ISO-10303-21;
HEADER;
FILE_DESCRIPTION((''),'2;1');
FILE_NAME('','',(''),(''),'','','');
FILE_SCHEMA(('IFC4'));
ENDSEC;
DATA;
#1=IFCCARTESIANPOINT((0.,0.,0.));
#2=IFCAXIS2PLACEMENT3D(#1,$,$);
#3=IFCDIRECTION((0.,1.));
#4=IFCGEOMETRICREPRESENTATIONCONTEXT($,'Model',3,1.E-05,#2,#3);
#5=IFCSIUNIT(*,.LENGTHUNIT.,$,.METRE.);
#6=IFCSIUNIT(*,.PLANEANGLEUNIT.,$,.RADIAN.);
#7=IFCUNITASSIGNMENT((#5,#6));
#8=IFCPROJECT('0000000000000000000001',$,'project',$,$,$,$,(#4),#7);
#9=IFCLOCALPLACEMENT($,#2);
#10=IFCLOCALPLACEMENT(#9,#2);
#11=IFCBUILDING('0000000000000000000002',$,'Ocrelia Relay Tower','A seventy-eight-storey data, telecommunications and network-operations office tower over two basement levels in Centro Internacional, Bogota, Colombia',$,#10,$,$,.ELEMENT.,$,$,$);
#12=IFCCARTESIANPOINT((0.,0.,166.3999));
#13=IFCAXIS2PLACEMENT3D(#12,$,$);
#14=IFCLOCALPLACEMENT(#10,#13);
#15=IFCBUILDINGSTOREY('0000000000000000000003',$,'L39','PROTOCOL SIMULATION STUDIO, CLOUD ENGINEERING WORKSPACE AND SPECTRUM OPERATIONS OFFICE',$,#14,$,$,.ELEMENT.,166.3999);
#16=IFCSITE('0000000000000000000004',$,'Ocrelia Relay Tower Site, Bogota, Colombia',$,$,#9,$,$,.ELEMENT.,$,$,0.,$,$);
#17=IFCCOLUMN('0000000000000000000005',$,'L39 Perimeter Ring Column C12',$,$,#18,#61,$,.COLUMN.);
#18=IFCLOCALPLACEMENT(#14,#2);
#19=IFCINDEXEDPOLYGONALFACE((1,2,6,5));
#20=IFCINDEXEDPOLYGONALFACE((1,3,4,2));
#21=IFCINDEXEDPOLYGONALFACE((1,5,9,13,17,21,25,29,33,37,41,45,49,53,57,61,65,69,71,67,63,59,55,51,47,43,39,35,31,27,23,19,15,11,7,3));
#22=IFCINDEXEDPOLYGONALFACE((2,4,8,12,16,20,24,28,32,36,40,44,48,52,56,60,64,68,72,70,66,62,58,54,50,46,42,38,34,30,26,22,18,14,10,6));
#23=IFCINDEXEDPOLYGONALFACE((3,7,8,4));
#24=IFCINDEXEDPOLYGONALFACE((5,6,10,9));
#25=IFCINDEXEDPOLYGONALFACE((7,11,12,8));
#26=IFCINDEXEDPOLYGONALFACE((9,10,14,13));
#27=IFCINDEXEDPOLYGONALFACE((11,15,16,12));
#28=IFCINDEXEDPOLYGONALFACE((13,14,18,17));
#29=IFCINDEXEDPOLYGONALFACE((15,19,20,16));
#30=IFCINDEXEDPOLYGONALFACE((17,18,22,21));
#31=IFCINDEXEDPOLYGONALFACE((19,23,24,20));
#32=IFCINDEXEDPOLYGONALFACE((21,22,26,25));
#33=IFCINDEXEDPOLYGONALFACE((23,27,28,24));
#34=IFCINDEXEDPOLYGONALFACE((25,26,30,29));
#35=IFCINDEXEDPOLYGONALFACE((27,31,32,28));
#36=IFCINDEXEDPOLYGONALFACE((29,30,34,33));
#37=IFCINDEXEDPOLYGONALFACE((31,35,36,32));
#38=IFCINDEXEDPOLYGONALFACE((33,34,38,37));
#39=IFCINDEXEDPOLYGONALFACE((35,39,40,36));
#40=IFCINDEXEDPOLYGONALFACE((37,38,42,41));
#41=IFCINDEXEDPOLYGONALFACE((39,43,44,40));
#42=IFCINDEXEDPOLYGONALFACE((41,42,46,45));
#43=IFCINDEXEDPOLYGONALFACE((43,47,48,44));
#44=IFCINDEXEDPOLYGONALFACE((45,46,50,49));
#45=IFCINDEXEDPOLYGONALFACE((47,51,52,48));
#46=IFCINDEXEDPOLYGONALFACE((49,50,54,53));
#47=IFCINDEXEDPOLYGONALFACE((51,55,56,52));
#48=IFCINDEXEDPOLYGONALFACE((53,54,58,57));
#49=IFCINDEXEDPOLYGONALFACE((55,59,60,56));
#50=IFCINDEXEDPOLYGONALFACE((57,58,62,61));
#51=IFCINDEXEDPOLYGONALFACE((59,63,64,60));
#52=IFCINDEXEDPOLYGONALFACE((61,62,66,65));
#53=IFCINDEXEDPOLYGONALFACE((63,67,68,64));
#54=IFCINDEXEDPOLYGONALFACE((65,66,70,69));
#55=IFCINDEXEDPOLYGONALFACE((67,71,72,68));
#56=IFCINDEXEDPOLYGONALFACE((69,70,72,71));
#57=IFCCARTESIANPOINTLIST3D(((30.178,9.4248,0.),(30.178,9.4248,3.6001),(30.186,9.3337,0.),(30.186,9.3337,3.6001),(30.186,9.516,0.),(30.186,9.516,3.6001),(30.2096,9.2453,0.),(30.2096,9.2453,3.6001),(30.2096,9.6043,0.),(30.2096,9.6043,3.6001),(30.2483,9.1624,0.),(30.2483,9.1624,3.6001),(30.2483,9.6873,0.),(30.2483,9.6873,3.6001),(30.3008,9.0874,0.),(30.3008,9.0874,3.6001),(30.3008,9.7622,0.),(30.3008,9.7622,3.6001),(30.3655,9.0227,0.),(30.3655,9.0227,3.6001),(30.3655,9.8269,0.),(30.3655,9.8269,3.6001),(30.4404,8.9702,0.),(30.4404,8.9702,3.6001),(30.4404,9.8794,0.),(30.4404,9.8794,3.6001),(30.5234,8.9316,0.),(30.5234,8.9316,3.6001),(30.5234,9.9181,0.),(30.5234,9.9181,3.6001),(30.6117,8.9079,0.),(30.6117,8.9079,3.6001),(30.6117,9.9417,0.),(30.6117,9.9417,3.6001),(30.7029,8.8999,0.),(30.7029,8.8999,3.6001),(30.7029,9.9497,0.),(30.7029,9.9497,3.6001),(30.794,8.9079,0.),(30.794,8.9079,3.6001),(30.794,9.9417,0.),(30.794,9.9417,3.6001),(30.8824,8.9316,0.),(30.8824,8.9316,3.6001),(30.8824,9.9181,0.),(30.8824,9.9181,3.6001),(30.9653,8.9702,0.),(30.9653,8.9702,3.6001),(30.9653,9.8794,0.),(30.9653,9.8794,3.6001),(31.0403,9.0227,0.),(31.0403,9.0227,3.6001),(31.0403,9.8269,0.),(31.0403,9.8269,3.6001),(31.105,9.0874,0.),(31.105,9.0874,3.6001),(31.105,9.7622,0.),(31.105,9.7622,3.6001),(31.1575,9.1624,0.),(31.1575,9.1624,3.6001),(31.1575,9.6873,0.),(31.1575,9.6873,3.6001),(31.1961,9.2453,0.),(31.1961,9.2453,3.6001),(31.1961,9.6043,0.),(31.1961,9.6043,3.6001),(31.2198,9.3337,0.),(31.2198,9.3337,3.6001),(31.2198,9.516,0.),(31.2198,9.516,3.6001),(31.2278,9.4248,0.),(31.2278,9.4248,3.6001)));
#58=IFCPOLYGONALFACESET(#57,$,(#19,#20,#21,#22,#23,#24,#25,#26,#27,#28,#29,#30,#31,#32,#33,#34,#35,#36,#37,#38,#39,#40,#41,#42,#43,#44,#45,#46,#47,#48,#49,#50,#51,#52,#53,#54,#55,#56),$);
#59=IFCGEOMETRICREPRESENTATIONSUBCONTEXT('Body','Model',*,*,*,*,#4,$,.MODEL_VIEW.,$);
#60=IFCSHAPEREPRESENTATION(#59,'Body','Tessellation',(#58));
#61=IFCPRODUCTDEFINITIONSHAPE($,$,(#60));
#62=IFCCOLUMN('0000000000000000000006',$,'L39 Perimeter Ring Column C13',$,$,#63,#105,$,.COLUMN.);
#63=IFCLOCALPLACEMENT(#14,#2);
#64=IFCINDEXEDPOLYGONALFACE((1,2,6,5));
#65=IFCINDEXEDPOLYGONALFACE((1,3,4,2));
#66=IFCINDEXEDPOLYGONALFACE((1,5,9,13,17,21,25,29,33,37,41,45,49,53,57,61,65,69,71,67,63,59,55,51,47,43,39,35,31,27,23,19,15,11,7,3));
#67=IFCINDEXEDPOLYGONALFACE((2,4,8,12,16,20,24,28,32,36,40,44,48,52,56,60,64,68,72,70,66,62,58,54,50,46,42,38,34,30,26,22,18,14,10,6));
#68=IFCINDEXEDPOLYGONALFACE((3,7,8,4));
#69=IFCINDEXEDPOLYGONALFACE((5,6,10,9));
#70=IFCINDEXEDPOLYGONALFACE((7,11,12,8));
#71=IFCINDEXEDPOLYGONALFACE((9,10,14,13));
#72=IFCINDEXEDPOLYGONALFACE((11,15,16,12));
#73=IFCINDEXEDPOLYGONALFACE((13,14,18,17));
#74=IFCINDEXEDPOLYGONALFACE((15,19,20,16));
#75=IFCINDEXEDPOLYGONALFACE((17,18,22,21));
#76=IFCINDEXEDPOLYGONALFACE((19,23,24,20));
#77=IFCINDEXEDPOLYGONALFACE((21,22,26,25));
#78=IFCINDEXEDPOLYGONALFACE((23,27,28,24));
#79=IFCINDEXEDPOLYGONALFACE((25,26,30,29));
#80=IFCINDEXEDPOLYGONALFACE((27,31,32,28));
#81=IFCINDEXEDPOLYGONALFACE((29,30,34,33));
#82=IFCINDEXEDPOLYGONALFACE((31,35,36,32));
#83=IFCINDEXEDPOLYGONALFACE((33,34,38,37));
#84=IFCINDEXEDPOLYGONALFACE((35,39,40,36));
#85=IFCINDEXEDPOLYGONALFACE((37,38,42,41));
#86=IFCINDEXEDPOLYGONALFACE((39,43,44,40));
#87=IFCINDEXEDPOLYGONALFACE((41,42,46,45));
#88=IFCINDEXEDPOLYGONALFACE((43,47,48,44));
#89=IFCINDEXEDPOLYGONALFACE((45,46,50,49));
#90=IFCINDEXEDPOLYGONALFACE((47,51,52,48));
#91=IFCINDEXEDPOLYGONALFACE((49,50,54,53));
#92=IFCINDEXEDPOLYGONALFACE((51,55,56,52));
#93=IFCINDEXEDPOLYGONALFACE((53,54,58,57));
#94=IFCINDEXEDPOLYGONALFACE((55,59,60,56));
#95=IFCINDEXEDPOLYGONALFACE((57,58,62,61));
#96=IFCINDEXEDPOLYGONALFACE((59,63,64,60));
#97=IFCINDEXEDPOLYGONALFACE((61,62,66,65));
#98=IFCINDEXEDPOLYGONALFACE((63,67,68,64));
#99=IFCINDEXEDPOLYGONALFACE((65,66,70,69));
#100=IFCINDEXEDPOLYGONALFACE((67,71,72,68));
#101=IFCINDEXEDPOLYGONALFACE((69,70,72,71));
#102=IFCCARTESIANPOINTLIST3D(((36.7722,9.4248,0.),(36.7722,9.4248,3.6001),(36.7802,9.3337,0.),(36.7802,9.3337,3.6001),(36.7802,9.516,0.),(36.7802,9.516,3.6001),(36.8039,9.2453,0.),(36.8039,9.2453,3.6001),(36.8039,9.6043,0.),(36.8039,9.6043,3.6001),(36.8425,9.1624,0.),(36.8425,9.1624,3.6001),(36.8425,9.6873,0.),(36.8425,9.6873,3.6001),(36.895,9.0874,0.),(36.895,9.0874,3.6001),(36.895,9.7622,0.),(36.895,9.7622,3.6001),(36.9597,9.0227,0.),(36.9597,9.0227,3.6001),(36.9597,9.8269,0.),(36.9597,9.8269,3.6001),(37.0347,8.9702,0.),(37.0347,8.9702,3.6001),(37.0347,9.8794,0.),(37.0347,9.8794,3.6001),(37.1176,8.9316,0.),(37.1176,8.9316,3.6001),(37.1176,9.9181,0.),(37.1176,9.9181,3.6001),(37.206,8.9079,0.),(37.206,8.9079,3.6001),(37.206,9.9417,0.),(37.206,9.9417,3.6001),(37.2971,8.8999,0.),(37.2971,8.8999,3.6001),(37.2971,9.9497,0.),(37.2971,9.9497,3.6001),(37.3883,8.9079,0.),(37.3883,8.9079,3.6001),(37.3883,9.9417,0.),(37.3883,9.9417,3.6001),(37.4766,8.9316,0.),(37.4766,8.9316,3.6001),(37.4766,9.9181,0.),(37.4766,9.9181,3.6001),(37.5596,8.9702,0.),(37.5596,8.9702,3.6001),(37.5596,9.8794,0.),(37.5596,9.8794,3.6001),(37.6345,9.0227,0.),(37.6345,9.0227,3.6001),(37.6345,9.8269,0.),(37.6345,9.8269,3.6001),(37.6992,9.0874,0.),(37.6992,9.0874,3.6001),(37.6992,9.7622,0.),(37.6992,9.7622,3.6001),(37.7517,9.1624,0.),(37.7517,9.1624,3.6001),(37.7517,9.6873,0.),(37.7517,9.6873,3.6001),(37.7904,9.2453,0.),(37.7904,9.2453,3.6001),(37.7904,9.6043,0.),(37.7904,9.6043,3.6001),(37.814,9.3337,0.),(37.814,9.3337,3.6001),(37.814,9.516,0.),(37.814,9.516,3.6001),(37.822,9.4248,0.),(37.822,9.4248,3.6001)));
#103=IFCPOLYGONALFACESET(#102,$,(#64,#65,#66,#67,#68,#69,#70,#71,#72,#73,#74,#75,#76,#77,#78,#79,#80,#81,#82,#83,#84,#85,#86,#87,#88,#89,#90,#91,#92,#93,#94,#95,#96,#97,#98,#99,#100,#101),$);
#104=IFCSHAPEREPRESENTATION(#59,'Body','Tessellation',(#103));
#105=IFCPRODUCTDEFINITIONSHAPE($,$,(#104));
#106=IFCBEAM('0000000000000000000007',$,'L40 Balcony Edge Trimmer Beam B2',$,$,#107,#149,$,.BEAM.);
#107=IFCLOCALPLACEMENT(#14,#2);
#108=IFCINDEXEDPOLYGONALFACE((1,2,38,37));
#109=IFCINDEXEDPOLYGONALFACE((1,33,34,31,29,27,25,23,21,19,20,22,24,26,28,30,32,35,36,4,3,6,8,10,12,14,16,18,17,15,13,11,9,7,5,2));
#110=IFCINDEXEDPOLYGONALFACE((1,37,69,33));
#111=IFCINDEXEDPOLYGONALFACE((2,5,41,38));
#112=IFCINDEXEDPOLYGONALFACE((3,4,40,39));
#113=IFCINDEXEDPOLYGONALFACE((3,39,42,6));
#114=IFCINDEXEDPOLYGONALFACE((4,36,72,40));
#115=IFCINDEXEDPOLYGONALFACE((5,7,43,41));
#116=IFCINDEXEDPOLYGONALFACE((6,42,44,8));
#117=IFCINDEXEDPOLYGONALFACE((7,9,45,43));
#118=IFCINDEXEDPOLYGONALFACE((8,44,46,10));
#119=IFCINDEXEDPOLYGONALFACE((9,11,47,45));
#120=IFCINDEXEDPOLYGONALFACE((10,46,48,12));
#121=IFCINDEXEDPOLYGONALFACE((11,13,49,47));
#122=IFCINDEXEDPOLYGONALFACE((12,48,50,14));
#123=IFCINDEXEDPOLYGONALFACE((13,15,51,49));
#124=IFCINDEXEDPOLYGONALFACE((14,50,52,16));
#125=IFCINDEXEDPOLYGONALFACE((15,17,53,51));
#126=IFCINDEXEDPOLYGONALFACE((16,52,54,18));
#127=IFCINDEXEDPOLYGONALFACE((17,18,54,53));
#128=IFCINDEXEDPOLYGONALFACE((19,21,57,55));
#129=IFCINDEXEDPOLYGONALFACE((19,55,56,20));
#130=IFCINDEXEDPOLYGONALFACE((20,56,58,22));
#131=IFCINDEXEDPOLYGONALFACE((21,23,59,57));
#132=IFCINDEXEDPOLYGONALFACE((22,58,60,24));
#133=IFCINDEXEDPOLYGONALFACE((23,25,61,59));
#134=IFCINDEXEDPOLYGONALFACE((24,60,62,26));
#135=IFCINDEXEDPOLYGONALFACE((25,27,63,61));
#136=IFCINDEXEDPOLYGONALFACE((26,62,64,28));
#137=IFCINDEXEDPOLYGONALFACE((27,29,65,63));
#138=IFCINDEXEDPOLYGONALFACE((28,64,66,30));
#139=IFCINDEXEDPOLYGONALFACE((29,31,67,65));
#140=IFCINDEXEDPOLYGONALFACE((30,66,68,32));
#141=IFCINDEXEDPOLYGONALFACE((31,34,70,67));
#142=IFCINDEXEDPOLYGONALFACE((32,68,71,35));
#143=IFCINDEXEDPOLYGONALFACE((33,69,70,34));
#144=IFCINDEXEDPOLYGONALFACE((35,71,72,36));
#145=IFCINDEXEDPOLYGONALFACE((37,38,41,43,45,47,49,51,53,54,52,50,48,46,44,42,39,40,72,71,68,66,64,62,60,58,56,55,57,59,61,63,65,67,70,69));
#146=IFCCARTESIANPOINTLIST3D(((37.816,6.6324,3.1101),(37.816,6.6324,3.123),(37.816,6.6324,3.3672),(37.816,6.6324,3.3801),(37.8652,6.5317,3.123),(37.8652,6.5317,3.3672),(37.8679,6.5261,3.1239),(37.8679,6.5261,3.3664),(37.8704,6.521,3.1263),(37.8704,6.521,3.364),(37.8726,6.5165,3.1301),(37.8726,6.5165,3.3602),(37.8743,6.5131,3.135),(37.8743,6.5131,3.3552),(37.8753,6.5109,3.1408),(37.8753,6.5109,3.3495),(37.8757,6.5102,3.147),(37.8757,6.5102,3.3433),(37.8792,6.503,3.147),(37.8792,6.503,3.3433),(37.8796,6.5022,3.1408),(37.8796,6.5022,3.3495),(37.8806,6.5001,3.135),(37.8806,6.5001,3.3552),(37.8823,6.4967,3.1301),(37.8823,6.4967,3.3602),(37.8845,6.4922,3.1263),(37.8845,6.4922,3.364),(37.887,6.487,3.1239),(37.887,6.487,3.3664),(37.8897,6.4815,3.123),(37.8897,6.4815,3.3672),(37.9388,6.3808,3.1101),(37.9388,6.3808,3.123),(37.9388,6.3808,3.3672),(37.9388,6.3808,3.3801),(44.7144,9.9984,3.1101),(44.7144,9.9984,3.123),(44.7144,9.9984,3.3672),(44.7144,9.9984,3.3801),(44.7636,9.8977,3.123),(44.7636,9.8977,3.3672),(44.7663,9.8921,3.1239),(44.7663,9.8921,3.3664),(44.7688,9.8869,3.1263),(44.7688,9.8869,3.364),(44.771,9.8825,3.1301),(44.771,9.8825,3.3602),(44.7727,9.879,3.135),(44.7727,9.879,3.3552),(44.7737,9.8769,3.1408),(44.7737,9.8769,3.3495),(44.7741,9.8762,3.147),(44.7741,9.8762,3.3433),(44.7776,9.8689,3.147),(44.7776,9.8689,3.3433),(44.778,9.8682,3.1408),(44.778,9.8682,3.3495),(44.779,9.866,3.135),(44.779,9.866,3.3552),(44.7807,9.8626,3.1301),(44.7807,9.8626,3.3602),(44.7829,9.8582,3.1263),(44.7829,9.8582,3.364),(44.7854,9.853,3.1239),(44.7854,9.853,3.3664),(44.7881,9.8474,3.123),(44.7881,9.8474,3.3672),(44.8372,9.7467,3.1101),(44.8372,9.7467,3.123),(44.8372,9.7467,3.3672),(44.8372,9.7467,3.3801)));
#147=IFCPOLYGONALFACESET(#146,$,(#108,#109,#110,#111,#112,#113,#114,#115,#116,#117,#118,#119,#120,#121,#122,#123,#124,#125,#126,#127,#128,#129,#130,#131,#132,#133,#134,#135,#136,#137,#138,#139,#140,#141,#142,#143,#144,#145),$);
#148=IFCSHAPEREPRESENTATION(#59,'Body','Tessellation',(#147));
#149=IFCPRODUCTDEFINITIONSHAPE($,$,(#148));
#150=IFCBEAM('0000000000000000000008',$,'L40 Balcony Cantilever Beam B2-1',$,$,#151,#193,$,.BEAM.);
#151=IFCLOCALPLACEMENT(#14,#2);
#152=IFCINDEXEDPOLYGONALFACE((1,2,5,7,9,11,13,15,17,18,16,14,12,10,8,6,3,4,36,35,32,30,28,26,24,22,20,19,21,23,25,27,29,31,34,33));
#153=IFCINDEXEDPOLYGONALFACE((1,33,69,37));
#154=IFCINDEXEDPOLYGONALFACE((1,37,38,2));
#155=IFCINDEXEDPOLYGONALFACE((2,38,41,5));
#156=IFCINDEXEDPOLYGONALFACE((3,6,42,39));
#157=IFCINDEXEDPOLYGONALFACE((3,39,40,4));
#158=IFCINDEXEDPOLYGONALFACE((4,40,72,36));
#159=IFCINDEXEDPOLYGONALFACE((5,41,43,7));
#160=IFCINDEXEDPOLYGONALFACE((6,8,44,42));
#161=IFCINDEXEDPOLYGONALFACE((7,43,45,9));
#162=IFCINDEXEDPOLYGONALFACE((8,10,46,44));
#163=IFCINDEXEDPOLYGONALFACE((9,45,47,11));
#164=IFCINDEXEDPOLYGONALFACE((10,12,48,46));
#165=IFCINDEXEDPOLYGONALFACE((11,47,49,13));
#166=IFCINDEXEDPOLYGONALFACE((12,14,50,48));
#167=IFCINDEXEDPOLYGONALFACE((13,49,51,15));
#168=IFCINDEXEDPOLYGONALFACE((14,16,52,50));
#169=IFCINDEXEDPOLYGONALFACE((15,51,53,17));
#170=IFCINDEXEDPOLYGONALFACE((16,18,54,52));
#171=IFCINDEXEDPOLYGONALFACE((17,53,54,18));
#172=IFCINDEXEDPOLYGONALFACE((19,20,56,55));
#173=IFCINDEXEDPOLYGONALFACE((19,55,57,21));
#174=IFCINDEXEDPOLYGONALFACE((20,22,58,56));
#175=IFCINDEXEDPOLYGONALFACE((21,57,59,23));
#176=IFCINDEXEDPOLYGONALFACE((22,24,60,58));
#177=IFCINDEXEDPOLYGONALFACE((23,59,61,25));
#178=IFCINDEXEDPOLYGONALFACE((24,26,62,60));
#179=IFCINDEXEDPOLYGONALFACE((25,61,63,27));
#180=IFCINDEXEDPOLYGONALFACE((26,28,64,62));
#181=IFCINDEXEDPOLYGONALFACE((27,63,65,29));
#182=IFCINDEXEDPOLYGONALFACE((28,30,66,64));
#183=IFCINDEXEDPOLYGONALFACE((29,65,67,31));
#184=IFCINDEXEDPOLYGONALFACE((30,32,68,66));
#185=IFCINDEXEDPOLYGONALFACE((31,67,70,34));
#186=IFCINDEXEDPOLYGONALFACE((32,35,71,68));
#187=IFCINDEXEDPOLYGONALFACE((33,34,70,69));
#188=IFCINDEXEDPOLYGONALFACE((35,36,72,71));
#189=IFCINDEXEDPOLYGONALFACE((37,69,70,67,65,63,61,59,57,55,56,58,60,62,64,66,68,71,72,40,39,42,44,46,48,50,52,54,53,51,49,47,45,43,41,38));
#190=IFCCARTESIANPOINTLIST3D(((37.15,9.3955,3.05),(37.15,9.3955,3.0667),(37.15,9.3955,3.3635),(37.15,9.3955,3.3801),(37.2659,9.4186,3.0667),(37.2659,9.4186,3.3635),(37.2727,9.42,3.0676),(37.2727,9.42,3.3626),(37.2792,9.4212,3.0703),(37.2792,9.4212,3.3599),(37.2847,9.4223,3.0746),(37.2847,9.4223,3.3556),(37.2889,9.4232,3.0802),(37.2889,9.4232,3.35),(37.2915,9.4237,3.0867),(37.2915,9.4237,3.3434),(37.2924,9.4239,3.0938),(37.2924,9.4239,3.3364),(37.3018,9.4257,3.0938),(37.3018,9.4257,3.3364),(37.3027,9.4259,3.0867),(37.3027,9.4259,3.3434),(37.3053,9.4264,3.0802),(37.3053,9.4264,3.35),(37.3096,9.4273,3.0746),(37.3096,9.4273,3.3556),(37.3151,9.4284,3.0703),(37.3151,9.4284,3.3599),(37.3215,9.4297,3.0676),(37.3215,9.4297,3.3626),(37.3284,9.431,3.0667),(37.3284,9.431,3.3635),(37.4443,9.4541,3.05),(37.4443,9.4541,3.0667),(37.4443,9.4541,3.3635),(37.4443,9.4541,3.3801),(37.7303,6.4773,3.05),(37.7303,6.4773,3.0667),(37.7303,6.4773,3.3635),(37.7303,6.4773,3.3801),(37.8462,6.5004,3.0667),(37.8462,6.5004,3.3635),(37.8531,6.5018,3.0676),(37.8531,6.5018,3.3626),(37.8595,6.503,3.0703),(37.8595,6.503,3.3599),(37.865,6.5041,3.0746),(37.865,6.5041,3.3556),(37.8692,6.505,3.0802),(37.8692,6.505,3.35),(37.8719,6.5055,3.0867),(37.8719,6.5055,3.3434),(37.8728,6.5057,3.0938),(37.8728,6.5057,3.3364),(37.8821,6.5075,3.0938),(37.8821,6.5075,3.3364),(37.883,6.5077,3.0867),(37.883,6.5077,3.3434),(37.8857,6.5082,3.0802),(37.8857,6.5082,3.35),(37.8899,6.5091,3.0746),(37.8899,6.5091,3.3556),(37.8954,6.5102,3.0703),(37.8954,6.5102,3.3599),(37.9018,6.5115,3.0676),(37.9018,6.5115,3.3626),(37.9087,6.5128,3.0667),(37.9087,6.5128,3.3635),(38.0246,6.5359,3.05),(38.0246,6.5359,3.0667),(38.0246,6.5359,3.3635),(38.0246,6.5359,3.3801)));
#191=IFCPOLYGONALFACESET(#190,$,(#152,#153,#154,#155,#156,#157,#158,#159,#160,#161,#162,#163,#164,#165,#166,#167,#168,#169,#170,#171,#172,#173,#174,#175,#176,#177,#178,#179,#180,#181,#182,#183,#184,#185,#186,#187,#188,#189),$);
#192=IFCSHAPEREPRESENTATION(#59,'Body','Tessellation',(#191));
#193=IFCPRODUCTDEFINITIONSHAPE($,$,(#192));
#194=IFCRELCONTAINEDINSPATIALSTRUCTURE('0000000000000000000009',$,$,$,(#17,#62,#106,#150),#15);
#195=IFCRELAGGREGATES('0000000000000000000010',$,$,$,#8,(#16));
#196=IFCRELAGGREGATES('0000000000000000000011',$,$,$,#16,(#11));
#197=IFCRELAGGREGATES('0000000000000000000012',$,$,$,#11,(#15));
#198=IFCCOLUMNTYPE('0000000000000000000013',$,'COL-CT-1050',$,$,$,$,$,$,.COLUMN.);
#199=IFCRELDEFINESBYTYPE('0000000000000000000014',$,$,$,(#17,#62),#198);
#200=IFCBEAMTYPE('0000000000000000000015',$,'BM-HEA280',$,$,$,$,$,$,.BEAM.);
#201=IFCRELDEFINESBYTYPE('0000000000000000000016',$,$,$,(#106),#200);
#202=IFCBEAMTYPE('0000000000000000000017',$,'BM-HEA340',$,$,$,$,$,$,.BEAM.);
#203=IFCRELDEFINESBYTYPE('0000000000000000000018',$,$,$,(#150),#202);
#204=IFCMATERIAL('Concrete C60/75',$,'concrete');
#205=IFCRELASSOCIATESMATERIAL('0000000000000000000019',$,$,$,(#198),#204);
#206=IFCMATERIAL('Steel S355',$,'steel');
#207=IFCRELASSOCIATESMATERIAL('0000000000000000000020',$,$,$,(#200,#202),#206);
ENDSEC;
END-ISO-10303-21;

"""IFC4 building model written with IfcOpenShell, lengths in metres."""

from ifc_helpers import new_model, si_unit, direction, frame, origin, origin_2d, place, context, subcontext, project, spatial, circle, i_section, extrude, material, material_profile, profile_set, type_object, element, save


model = new_model("IFC4")

# Units and contexts
model_context = context("Model", 3, precision=1e-05, world=origin(), true_north=direction((0.0, 1.0)))
body_context = subcontext(model_context, "Body", "Model", "MODEL_VIEW")
ifc_project = project(units=[si_unit("LENGTHUNIT", "METRE"), si_unit("PLANEANGLEUNIT", "RADIAN")], contexts=[model_context])

# Site, building, storey
site_placement = place(None, origin())
site = spatial("IfcSite", under=ifc_project, at=site_placement, Name="Ocrelia Relay Tower Site, Bogota, Colombia", CompositionType="ELEMENT", RefElevation=0.0)
building_placement = place(site_placement, origin())
building = spatial("IfcBuilding", under=site, at=building_placement, Name="Ocrelia Relay Tower", Description="A seventy-eight-storey data, telecommunications and network-operations office tower over two basement levels in Centro Internacional, Bogota, Colombia", CompositionType="ELEMENT")
storey_placement = place(building_placement, frame((0.0, 0.0, 166.3999)))
storey = spatial("IfcBuildingStorey", under=building, at=storey_placement, Name="L39", Description="PROTOCOL SIMULATION STUDIO, CLOUD ENGINEERING WORKSPACE AND SPECTRUM OPERATIONS OFFICE", CompositionType="ELEMENT", Elevation=166.3999)

# Columns
ifc_material_1 = material(Name="Concrete C60/75", Category="concrete")
ifc_material_profile_1 = material_profile(ifc_material_1, circle(Radius=0.5249, at=origin_2d()), Name="RC-CIR-1050")
ifc_profile_set_1 = profile_set([ifc_material_profile_1], Name="Concrete C60/75")
column_type = type_object("IfcColumnType", Name="COL-CT-1050", PredefinedType="COLUMN", material=ifc_profile_set_1)
for number, where, z_axis, x_axis, name in (
    (1, (30.7029, 9.4248, 0.0), (0.0, 0.0, 1.0), (1.0, 0.0, 0.0), "L39 Perimeter Ring Column C12"),
    (2, (37.2971, 9.4248, 0.0), (0.0, 0.0, 1.0), (1.0, 0.0, 0.0), "L39 Perimeter Ring Column C13"),
):
    element("IfcColumn", number, at=place(storey_placement, frame(where, z_axis=z_axis, x_axis=x_axis)), inside=storey, type_object=column_type, Name=name, PredefinedType="COLUMN", context=body_context, shape_type="SweptSolid", body=[
        extrude(circle(Radius=0.5249, at=origin_2d()), origin(), (0.0, 0.0, 1.0), 3.6001),
    ])

# Beams
ifc_material_2 = material(Name="Steel S355", Category="steel")
ifc_material_profile_2 = material_profile(ifc_material_2, i_section(OverallWidth=0.28, OverallDepth=0.27, WebThickness=0.0081, FlangeThickness=0.0129, FilletRadius=0.0239, at=origin_2d()), Name="HEA 280")
ifc_profile_set_2 = profile_set([ifc_material_profile_2], Name="Steel S355")
beam_type_1 = type_object("IfcBeamType", Name="BM-HEA280", PredefinedType="BEAM", material=ifc_profile_set_2)
beam_1_placement = place(storey_placement, frame((37.8774, 6.5066, 3.2451), z_axis=(0.898724, 0.438516, 0.0), x_axis=(-0.438516, 0.898724, 0.0)))
element("IfcBeam", 3, at=beam_1_placement, inside=storey, type_object=beam_type_1, Name="L40 Balcony Edge Trimmer Beam B2", PredefinedType="BEAM", context=body_context, shape_type="SweptSolid", body=[
    extrude(i_section(OverallWidth=0.28, OverallDepth=0.27, WebThickness=0.0081, FlangeThickness=0.0129, FilletRadius=0.0239, at=origin_2d()), origin(), (0.0, 0.0, 1.0), 7.6758),
])
ifc_material_profile_3 = material_profile(ifc_material_2, i_section(OverallWidth=0.3, OverallDepth=0.3301, WebThickness=0.0095, FlangeThickness=0.0166, FilletRadius=0.0271, at=origin_2d()), Name="HEA 340")
ifc_profile_set_3 = profile_set([ifc_material_profile_3], Name="Steel S355")
beam_type_2 = type_object("IfcBeamType", Name="BM-HEA340", PredefinedType="BEAM", material=ifc_profile_set_3)
beam_2_placement = place(storey_placement, frame((37.2971, 9.4248, 3.2151), z_axis=(0.195043, -0.980795, 0.0), x_axis=(0.980795, 0.195043, 0.0)))
element("IfcBeam", 4, at=beam_2_placement, inside=storey, type_object=beam_type_2, Name="L40 Balcony Cantilever Beam B2-1", PredefinedType="BEAM", context=body_context, shape_type="SweptSolid", body=[
    extrude(i_section(OverallWidth=0.3, OverallDepth=0.3301, WebThickness=0.0095, FlangeThickness=0.0166, FilletRadius=0.0271, at=origin_2d()), origin(), (0.0, 0.0, 1.0), 2.9753),
])

save(model, "model.ifc")
